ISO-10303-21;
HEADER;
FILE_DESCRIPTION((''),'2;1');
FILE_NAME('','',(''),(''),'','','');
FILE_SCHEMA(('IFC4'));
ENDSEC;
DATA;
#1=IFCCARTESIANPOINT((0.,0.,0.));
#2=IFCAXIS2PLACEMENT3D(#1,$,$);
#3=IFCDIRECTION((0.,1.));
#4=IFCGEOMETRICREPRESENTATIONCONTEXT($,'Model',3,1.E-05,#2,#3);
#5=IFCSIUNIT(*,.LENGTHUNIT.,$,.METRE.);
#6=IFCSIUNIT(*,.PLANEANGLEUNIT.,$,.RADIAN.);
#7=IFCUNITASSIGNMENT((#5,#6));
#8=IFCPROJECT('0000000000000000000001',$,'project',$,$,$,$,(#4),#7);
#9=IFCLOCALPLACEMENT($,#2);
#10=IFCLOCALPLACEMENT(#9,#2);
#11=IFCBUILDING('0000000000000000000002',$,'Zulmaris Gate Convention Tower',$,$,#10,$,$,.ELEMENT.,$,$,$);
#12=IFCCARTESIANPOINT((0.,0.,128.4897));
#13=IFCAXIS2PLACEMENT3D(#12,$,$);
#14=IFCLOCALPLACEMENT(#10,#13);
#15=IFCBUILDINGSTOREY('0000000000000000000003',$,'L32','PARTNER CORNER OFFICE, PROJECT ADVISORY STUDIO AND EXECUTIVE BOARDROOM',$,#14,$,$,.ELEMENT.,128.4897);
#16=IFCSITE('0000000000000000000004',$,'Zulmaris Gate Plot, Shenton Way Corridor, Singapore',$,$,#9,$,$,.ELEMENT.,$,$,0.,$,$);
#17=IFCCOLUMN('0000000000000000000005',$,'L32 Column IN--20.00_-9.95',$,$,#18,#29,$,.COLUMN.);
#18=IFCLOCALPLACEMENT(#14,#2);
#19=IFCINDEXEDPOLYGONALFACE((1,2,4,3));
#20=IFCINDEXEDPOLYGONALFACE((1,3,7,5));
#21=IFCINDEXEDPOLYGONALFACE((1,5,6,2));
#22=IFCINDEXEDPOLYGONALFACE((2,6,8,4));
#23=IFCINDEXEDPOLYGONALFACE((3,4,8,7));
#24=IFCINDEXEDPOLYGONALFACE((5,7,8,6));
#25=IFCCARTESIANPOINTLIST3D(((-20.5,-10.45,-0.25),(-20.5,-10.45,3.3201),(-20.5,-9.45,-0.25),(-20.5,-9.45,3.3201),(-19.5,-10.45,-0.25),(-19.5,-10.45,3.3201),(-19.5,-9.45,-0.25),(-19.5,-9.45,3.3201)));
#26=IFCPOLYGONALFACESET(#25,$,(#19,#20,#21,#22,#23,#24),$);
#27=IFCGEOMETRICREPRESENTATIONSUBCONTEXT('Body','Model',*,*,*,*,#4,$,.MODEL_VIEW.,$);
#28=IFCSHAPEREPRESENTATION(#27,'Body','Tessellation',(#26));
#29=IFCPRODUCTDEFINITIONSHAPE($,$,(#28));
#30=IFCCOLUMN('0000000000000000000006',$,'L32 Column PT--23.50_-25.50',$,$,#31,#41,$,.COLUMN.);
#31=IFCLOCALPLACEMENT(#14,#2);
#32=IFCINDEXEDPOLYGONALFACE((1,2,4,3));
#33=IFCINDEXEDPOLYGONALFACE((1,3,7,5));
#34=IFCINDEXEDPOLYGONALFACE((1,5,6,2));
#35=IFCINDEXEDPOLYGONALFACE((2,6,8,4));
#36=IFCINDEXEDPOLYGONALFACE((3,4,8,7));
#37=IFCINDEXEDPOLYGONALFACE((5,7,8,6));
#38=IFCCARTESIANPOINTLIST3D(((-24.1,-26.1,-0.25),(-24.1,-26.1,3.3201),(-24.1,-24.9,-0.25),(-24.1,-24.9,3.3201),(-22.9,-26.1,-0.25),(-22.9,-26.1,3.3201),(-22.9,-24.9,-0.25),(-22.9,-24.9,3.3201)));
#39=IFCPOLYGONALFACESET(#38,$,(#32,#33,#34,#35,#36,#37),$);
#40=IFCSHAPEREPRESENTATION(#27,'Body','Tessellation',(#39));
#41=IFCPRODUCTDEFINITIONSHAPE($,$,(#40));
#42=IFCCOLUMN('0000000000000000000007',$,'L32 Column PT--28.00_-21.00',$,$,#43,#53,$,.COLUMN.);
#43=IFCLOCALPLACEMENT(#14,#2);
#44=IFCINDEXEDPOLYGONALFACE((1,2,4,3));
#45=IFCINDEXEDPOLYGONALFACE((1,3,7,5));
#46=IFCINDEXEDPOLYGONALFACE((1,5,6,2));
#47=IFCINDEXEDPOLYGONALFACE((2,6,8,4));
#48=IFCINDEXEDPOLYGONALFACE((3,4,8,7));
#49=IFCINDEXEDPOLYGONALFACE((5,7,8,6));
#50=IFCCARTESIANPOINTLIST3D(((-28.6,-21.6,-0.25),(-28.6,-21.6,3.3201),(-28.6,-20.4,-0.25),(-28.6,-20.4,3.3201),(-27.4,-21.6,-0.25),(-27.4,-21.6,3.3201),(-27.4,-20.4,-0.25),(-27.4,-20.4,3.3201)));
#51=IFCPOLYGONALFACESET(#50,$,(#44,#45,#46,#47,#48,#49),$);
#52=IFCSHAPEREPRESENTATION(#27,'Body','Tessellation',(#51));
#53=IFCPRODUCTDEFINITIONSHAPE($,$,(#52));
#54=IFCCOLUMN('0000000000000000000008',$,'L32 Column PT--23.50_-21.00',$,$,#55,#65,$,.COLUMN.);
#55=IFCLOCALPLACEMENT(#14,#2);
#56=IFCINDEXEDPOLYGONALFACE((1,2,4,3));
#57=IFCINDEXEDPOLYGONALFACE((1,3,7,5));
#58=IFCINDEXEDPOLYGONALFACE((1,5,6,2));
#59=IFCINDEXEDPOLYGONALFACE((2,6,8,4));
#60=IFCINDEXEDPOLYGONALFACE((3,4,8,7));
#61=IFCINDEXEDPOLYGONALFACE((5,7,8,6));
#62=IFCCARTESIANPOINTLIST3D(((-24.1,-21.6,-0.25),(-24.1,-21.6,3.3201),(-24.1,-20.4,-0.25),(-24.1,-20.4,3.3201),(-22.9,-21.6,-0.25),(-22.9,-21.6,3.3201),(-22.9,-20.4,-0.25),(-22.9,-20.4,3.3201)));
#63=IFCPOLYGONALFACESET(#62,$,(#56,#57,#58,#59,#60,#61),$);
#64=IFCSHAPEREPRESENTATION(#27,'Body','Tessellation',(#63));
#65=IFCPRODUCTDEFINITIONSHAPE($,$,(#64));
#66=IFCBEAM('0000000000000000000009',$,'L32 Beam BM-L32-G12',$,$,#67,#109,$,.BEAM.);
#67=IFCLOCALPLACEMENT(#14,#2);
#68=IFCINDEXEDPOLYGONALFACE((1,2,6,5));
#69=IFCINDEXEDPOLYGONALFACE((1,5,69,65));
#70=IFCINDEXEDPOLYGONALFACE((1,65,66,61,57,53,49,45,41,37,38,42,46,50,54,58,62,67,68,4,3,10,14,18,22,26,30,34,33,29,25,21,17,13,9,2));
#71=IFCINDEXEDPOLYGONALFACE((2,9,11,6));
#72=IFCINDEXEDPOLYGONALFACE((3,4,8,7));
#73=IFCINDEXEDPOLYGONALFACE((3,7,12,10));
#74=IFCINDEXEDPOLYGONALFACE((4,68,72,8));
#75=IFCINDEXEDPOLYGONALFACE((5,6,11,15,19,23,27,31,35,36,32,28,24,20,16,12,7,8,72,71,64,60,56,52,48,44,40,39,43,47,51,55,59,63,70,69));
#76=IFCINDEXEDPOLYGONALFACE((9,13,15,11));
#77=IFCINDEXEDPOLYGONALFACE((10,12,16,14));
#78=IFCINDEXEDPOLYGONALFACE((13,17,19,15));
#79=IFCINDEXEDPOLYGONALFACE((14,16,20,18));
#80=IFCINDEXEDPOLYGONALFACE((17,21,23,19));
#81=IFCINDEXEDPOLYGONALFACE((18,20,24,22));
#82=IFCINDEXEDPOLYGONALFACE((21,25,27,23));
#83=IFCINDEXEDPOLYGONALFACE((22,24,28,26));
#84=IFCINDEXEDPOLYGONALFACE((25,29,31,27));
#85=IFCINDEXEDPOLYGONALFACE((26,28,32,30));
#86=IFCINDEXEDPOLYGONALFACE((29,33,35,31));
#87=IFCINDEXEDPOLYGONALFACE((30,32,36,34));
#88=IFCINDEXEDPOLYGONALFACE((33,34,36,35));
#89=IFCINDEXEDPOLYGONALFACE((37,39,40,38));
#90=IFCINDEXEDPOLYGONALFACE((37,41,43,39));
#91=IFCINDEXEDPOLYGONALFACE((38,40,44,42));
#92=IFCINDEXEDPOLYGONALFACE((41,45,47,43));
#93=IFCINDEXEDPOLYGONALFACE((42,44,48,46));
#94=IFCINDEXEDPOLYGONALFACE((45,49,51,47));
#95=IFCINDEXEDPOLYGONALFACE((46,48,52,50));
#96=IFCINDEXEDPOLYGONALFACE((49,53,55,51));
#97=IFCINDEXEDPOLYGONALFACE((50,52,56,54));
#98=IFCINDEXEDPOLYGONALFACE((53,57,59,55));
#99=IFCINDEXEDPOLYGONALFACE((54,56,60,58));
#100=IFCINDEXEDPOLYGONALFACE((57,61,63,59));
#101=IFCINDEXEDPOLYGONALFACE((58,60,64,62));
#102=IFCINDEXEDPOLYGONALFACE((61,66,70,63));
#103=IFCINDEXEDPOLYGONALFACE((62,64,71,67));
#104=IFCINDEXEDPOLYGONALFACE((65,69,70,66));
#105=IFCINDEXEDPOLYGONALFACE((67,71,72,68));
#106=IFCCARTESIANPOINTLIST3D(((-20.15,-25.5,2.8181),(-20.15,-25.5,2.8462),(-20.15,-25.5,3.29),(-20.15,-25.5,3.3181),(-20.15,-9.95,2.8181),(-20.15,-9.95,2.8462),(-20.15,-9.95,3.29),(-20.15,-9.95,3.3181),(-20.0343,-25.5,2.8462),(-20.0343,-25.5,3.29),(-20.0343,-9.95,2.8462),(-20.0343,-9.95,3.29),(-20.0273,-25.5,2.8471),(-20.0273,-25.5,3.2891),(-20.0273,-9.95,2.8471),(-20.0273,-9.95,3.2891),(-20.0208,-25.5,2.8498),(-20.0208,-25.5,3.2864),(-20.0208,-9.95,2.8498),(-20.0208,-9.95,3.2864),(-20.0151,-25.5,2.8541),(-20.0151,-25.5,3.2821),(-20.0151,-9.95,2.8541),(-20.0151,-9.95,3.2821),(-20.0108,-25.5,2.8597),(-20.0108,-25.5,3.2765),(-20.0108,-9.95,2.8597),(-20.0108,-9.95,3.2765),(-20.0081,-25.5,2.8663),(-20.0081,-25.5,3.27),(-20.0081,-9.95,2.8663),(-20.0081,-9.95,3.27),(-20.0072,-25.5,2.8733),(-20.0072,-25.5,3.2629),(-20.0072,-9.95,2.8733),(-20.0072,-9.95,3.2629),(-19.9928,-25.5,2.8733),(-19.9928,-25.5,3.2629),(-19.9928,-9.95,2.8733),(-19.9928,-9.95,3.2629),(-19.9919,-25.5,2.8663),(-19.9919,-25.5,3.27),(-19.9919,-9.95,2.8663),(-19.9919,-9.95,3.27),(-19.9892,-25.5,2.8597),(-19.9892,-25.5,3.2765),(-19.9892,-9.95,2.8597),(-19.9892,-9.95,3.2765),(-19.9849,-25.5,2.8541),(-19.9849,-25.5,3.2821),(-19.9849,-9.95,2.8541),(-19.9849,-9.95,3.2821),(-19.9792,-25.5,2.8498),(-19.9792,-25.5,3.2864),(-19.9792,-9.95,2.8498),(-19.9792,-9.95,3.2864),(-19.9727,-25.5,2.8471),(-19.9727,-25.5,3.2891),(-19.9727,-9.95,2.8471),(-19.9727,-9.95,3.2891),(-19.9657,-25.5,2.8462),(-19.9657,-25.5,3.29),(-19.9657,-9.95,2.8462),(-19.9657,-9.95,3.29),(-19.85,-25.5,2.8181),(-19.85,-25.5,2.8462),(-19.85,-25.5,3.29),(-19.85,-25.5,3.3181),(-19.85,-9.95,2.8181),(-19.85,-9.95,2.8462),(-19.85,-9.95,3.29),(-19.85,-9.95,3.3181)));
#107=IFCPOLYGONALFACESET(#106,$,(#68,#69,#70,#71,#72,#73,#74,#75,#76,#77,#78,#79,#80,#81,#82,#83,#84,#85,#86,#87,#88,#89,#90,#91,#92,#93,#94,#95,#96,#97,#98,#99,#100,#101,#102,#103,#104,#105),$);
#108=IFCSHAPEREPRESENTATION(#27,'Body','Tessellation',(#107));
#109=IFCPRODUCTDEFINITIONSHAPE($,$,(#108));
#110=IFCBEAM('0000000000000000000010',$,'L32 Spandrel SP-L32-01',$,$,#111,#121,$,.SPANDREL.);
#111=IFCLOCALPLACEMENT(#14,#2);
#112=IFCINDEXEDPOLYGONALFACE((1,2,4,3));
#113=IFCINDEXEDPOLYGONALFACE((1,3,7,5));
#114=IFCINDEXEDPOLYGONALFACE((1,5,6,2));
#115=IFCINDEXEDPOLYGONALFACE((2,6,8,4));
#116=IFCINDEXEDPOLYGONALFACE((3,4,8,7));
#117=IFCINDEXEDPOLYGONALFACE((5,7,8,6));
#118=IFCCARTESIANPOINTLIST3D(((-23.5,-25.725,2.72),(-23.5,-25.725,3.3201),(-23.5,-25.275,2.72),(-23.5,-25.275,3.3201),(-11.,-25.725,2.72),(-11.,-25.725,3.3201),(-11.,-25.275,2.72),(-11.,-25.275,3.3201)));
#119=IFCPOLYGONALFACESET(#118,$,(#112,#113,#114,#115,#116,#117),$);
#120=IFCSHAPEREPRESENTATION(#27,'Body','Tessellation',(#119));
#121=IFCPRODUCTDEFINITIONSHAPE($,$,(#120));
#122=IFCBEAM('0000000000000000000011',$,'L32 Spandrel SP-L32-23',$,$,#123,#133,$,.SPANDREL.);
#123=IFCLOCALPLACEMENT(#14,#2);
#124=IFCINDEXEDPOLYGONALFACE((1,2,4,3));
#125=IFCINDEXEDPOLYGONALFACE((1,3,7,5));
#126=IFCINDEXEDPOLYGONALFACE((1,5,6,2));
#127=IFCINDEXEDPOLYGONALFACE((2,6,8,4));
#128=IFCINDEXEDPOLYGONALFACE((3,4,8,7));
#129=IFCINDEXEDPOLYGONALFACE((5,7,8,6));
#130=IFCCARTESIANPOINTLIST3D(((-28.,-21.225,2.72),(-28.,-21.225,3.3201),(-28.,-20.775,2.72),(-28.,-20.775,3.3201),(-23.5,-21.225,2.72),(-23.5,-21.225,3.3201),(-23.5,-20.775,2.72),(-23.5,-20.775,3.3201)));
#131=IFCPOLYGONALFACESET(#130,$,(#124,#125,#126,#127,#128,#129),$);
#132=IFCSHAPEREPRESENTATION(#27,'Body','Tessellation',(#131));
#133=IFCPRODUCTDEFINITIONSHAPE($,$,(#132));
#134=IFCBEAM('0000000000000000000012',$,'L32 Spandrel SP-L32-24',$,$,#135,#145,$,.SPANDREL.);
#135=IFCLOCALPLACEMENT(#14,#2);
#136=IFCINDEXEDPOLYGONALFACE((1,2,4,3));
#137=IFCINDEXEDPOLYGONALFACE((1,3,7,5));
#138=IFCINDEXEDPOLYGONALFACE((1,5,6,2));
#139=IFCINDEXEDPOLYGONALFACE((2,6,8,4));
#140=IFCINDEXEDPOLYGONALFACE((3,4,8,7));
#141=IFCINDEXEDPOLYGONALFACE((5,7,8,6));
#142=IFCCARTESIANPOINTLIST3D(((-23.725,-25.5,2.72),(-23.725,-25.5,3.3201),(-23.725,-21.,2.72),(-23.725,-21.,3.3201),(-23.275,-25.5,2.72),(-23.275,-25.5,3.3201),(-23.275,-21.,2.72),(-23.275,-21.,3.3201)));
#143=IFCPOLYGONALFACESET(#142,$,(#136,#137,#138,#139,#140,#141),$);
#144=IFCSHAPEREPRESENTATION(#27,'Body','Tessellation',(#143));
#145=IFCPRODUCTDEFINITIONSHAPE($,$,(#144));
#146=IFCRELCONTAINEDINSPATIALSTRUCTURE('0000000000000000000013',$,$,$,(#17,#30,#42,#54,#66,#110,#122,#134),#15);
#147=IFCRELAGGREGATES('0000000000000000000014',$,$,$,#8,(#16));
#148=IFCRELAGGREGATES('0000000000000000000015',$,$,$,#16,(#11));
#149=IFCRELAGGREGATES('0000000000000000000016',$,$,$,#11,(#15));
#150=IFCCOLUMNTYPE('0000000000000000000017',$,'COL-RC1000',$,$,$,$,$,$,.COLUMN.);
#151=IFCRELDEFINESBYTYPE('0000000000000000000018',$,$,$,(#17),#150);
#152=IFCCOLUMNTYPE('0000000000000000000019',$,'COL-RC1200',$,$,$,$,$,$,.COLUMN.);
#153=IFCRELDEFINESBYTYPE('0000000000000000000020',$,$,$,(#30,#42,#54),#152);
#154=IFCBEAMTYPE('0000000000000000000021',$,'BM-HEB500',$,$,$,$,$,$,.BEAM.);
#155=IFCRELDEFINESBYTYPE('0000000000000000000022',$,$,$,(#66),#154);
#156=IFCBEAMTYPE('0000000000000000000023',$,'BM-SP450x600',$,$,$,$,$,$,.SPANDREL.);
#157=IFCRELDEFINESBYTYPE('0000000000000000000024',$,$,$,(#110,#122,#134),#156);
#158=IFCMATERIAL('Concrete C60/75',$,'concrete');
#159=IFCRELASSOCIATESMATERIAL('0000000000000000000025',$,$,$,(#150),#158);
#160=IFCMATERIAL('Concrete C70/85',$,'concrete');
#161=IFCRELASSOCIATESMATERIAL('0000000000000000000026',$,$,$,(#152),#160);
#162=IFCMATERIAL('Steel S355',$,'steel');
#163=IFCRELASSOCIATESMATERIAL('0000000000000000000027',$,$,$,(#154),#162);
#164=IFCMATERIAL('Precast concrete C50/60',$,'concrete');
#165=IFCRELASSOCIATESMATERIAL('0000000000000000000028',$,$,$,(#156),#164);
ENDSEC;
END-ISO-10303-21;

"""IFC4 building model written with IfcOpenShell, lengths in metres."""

from ifc_helpers import new_model, si_unit, direction, frame, origin, origin_2d, place, context, subcontext, project, spatial, rectangle, i_section, extrude, material, material_profile, profile_set, type_object, element, save


model = new_model("IFC4")

# Units and contexts
model_context = context("Model", 3, precision=1e-05, world=origin(), true_north=direction((0.0, 1.0)))
body_context = subcontext(model_context, "Body", "Model", "MODEL_VIEW")
ifc_project = project(units=[si_unit("LENGTHUNIT", "METRE"), si_unit("PLANEANGLEUNIT", "RADIAN")], contexts=[model_context])

# Site, building, storey
site_placement = place(None, origin())
site = spatial("IfcSite", under=ifc_project, at=site_placement, Name="Zulmaris Gate Plot, Shenton Way Corridor, Singapore", CompositionType="ELEMENT", RefElevation=0.0)
building_placement = place(site_placement, origin())
building = spatial("IfcBuilding", under=site, at=building_placement, Name="Zulmaris Gate Convention Tower", CompositionType="ELEMENT")
storey_placement = place(building_placement, frame((0.0, 0.0, 128.4897)))
storey = spatial("IfcBuildingStorey", under=building, at=storey_placement, Name="L32", Description="PARTNER CORNER OFFICE, PROJECT ADVISORY STUDIO AND EXECUTIVE BOARDROOM", CompositionType="ELEMENT", Elevation=128.4897)

# Columns
ifc_material_1 = material(Name="Concrete C60/75", Category="concrete")
ifc_material_profile_1 = material_profile(ifc_material_1, rectangle(XDim=1.0, YDim=1.0, at=origin_2d()), Name="RC COL 1000x1000")
ifc_profile_set_1 = profile_set([ifc_material_profile_1], Name="Concrete C60/75")
column_type_1 = type_object("IfcColumnType", Name="COL-RC1000", PredefinedType="COLUMN", material=ifc_profile_set_1)
column_placement = place(storey_placement, frame((-20.0, -9.95, -0.25), z_axis=(0.0, 0.0, 1.0), x_axis=(1.0, 0.0, 0.0)))
element("IfcColumn", 1, at=column_placement, inside=storey, type_object=column_type_1, Name="L32 Column IN--20.00_-9.95", PredefinedType="COLUMN", context=body_context, shape_type="SweptSolid", body=[
    extrude(rectangle(XDim=1.0, YDim=1.0, at=origin_2d()), origin(), (0.0, 0.0, 1.0), 3.5701),
])
ifc_material_2 = material(Name="Concrete C70/85", Category="concrete")
ifc_material_profile_2 = material_profile(ifc_material_2, rectangle(XDim=1.2, YDim=1.2, at=origin_2d()), Name="RC COL 1200x1200")
ifc_profile_set_2 = profile_set([ifc_material_profile_2], Name="Concrete C70/85")
column_type_2 = type_object("IfcColumnType", Name="COL-RC1200", PredefinedType="COLUMN", material=ifc_profile_set_2)
for number, where, z_axis, x_axis, name in (
    (2, (-23.5, -25.5, -0.25), (0.0, 0.0, 1.0), (1.0, 0.0, 0.0), "L32 Column PT--23.50_-25.50"),
    (3, (-28.0, -21.0, -0.25), (0.0, 0.0, 1.0), (1.0, 0.0, 0.0), "L32 Column PT--28.00_-21.00"),
    (4, (-23.5, -21.0, -0.25), (0.0, 0.0, 1.0), (1.0, 0.0, 0.0), "L32 Column PT--23.50_-21.00"),
):
    element("IfcColumn", number, at=place(storey_placement, frame(where, z_axis=z_axis, x_axis=x_axis)), inside=storey, type_object=column_type_2, Name=name, PredefinedType="COLUMN", context=body_context, shape_type="SweptSolid", body=[
        extrude(rectangle(XDim=1.2, YDim=1.2, at=origin_2d()), origin(), (0.0, 0.0, 1.0), 3.5701),
    ])

# Beams
ifc_material_3 = material(Name="Steel S355", Category="steel")
ifc_material_profile_3 = material_profile(ifc_material_3, i_section(OverallWidth=0.3, OverallDepth=0.5, WebThickness=0.0144, FlangeThickness=0.0281, FilletRadius=0.0271, at=origin_2d()), Name="HEB 500")
ifc_profile_set_3 = profile_set([ifc_material_profile_3], Name="Steel S355")
beam_type_1 = type_object("IfcBeamType", Name="BM-HEB500", PredefinedType="BEAM", material=ifc_profile_set_3)
beam_1_placement = place(storey_placement, frame((-20.0, -25.5, 3.0681), z_axis=(0.0, 1.0, 0.0), x_axis=(-1.0, 0.0, 0.0)))
element("IfcBeam", 5, at=beam_1_placement, inside=storey, type_object=beam_type_1, Name="L32 Beam BM-L32-G12", PredefinedType="BEAM", context=body_context, shape_type="SweptSolid", body=[
    extrude(i_section(OverallWidth=0.3, OverallDepth=0.5, WebThickness=0.0144, FlangeThickness=0.0281, FilletRadius=0.0271, at=origin_2d()), origin(), (0.0, 0.0, 1.0), 15.55),
])
ifc_material_4 = material(Name="Precast concrete C50/60", Category="concrete")
ifc_material_profile_4 = material_profile(ifc_material_4, rectangle(XDim=0.45, YDim=0.6001, at=origin_2d()), Name="RC SPANDREL 450x600")
ifc_profile_set_4 = profile_set([ifc_material_profile_4], Name="Precast concrete C50/60")
beam_type_2 = type_object("IfcBeamType", Name="BM-SP450x600", PredefinedType="SPANDREL", material=ifc_profile_set_4)
beam_2_placement = place(storey_placement, frame((-23.5, -25.5, 3.02), z_axis=(1.0, 0.0, 0.0), x_axis=(0.0, 1.0, 0.0)))
element("IfcBeam", 6, at=beam_2_placement, inside=storey, type_object=beam_type_2, Name="L32 Spandrel SP-L32-01", PredefinedType="SPANDREL", context=body_context, shape_type="SweptSolid", body=[
    extrude(rectangle(XDim=0.45, YDim=0.6001, at=origin_2d()), origin(), (0.0, 0.0, 1.0), 12.5),
])
for number, where, z_axis, x_axis, name in (
    (7, (-28.0, -21.0, 3.02), (1.0, 0.0, 0.0), (0.0, 1.0, 0.0), "L32 Spandrel SP-L32-23"),
    (8, (-23.5, -21.0, 3.02), (0.0, -1.0, 0.0), (1.0, 0.0, 0.0), "L32 Spandrel SP-L32-24"),
):
    element("IfcBeam", number, at=place(storey_placement, frame(where, z_axis=z_axis, x_axis=x_axis)), inside=storey, type_object=beam_type_2, Name=name, PredefinedType="SPANDREL", context=body_context, shape_type="SweptSolid", body=[
        extrude(rectangle(XDim=0.45, YDim=0.6001, at=origin_2d()), origin(), (0.0, 0.0, 1.0), 4.5),
    ])

save(model, "model.ifc")
